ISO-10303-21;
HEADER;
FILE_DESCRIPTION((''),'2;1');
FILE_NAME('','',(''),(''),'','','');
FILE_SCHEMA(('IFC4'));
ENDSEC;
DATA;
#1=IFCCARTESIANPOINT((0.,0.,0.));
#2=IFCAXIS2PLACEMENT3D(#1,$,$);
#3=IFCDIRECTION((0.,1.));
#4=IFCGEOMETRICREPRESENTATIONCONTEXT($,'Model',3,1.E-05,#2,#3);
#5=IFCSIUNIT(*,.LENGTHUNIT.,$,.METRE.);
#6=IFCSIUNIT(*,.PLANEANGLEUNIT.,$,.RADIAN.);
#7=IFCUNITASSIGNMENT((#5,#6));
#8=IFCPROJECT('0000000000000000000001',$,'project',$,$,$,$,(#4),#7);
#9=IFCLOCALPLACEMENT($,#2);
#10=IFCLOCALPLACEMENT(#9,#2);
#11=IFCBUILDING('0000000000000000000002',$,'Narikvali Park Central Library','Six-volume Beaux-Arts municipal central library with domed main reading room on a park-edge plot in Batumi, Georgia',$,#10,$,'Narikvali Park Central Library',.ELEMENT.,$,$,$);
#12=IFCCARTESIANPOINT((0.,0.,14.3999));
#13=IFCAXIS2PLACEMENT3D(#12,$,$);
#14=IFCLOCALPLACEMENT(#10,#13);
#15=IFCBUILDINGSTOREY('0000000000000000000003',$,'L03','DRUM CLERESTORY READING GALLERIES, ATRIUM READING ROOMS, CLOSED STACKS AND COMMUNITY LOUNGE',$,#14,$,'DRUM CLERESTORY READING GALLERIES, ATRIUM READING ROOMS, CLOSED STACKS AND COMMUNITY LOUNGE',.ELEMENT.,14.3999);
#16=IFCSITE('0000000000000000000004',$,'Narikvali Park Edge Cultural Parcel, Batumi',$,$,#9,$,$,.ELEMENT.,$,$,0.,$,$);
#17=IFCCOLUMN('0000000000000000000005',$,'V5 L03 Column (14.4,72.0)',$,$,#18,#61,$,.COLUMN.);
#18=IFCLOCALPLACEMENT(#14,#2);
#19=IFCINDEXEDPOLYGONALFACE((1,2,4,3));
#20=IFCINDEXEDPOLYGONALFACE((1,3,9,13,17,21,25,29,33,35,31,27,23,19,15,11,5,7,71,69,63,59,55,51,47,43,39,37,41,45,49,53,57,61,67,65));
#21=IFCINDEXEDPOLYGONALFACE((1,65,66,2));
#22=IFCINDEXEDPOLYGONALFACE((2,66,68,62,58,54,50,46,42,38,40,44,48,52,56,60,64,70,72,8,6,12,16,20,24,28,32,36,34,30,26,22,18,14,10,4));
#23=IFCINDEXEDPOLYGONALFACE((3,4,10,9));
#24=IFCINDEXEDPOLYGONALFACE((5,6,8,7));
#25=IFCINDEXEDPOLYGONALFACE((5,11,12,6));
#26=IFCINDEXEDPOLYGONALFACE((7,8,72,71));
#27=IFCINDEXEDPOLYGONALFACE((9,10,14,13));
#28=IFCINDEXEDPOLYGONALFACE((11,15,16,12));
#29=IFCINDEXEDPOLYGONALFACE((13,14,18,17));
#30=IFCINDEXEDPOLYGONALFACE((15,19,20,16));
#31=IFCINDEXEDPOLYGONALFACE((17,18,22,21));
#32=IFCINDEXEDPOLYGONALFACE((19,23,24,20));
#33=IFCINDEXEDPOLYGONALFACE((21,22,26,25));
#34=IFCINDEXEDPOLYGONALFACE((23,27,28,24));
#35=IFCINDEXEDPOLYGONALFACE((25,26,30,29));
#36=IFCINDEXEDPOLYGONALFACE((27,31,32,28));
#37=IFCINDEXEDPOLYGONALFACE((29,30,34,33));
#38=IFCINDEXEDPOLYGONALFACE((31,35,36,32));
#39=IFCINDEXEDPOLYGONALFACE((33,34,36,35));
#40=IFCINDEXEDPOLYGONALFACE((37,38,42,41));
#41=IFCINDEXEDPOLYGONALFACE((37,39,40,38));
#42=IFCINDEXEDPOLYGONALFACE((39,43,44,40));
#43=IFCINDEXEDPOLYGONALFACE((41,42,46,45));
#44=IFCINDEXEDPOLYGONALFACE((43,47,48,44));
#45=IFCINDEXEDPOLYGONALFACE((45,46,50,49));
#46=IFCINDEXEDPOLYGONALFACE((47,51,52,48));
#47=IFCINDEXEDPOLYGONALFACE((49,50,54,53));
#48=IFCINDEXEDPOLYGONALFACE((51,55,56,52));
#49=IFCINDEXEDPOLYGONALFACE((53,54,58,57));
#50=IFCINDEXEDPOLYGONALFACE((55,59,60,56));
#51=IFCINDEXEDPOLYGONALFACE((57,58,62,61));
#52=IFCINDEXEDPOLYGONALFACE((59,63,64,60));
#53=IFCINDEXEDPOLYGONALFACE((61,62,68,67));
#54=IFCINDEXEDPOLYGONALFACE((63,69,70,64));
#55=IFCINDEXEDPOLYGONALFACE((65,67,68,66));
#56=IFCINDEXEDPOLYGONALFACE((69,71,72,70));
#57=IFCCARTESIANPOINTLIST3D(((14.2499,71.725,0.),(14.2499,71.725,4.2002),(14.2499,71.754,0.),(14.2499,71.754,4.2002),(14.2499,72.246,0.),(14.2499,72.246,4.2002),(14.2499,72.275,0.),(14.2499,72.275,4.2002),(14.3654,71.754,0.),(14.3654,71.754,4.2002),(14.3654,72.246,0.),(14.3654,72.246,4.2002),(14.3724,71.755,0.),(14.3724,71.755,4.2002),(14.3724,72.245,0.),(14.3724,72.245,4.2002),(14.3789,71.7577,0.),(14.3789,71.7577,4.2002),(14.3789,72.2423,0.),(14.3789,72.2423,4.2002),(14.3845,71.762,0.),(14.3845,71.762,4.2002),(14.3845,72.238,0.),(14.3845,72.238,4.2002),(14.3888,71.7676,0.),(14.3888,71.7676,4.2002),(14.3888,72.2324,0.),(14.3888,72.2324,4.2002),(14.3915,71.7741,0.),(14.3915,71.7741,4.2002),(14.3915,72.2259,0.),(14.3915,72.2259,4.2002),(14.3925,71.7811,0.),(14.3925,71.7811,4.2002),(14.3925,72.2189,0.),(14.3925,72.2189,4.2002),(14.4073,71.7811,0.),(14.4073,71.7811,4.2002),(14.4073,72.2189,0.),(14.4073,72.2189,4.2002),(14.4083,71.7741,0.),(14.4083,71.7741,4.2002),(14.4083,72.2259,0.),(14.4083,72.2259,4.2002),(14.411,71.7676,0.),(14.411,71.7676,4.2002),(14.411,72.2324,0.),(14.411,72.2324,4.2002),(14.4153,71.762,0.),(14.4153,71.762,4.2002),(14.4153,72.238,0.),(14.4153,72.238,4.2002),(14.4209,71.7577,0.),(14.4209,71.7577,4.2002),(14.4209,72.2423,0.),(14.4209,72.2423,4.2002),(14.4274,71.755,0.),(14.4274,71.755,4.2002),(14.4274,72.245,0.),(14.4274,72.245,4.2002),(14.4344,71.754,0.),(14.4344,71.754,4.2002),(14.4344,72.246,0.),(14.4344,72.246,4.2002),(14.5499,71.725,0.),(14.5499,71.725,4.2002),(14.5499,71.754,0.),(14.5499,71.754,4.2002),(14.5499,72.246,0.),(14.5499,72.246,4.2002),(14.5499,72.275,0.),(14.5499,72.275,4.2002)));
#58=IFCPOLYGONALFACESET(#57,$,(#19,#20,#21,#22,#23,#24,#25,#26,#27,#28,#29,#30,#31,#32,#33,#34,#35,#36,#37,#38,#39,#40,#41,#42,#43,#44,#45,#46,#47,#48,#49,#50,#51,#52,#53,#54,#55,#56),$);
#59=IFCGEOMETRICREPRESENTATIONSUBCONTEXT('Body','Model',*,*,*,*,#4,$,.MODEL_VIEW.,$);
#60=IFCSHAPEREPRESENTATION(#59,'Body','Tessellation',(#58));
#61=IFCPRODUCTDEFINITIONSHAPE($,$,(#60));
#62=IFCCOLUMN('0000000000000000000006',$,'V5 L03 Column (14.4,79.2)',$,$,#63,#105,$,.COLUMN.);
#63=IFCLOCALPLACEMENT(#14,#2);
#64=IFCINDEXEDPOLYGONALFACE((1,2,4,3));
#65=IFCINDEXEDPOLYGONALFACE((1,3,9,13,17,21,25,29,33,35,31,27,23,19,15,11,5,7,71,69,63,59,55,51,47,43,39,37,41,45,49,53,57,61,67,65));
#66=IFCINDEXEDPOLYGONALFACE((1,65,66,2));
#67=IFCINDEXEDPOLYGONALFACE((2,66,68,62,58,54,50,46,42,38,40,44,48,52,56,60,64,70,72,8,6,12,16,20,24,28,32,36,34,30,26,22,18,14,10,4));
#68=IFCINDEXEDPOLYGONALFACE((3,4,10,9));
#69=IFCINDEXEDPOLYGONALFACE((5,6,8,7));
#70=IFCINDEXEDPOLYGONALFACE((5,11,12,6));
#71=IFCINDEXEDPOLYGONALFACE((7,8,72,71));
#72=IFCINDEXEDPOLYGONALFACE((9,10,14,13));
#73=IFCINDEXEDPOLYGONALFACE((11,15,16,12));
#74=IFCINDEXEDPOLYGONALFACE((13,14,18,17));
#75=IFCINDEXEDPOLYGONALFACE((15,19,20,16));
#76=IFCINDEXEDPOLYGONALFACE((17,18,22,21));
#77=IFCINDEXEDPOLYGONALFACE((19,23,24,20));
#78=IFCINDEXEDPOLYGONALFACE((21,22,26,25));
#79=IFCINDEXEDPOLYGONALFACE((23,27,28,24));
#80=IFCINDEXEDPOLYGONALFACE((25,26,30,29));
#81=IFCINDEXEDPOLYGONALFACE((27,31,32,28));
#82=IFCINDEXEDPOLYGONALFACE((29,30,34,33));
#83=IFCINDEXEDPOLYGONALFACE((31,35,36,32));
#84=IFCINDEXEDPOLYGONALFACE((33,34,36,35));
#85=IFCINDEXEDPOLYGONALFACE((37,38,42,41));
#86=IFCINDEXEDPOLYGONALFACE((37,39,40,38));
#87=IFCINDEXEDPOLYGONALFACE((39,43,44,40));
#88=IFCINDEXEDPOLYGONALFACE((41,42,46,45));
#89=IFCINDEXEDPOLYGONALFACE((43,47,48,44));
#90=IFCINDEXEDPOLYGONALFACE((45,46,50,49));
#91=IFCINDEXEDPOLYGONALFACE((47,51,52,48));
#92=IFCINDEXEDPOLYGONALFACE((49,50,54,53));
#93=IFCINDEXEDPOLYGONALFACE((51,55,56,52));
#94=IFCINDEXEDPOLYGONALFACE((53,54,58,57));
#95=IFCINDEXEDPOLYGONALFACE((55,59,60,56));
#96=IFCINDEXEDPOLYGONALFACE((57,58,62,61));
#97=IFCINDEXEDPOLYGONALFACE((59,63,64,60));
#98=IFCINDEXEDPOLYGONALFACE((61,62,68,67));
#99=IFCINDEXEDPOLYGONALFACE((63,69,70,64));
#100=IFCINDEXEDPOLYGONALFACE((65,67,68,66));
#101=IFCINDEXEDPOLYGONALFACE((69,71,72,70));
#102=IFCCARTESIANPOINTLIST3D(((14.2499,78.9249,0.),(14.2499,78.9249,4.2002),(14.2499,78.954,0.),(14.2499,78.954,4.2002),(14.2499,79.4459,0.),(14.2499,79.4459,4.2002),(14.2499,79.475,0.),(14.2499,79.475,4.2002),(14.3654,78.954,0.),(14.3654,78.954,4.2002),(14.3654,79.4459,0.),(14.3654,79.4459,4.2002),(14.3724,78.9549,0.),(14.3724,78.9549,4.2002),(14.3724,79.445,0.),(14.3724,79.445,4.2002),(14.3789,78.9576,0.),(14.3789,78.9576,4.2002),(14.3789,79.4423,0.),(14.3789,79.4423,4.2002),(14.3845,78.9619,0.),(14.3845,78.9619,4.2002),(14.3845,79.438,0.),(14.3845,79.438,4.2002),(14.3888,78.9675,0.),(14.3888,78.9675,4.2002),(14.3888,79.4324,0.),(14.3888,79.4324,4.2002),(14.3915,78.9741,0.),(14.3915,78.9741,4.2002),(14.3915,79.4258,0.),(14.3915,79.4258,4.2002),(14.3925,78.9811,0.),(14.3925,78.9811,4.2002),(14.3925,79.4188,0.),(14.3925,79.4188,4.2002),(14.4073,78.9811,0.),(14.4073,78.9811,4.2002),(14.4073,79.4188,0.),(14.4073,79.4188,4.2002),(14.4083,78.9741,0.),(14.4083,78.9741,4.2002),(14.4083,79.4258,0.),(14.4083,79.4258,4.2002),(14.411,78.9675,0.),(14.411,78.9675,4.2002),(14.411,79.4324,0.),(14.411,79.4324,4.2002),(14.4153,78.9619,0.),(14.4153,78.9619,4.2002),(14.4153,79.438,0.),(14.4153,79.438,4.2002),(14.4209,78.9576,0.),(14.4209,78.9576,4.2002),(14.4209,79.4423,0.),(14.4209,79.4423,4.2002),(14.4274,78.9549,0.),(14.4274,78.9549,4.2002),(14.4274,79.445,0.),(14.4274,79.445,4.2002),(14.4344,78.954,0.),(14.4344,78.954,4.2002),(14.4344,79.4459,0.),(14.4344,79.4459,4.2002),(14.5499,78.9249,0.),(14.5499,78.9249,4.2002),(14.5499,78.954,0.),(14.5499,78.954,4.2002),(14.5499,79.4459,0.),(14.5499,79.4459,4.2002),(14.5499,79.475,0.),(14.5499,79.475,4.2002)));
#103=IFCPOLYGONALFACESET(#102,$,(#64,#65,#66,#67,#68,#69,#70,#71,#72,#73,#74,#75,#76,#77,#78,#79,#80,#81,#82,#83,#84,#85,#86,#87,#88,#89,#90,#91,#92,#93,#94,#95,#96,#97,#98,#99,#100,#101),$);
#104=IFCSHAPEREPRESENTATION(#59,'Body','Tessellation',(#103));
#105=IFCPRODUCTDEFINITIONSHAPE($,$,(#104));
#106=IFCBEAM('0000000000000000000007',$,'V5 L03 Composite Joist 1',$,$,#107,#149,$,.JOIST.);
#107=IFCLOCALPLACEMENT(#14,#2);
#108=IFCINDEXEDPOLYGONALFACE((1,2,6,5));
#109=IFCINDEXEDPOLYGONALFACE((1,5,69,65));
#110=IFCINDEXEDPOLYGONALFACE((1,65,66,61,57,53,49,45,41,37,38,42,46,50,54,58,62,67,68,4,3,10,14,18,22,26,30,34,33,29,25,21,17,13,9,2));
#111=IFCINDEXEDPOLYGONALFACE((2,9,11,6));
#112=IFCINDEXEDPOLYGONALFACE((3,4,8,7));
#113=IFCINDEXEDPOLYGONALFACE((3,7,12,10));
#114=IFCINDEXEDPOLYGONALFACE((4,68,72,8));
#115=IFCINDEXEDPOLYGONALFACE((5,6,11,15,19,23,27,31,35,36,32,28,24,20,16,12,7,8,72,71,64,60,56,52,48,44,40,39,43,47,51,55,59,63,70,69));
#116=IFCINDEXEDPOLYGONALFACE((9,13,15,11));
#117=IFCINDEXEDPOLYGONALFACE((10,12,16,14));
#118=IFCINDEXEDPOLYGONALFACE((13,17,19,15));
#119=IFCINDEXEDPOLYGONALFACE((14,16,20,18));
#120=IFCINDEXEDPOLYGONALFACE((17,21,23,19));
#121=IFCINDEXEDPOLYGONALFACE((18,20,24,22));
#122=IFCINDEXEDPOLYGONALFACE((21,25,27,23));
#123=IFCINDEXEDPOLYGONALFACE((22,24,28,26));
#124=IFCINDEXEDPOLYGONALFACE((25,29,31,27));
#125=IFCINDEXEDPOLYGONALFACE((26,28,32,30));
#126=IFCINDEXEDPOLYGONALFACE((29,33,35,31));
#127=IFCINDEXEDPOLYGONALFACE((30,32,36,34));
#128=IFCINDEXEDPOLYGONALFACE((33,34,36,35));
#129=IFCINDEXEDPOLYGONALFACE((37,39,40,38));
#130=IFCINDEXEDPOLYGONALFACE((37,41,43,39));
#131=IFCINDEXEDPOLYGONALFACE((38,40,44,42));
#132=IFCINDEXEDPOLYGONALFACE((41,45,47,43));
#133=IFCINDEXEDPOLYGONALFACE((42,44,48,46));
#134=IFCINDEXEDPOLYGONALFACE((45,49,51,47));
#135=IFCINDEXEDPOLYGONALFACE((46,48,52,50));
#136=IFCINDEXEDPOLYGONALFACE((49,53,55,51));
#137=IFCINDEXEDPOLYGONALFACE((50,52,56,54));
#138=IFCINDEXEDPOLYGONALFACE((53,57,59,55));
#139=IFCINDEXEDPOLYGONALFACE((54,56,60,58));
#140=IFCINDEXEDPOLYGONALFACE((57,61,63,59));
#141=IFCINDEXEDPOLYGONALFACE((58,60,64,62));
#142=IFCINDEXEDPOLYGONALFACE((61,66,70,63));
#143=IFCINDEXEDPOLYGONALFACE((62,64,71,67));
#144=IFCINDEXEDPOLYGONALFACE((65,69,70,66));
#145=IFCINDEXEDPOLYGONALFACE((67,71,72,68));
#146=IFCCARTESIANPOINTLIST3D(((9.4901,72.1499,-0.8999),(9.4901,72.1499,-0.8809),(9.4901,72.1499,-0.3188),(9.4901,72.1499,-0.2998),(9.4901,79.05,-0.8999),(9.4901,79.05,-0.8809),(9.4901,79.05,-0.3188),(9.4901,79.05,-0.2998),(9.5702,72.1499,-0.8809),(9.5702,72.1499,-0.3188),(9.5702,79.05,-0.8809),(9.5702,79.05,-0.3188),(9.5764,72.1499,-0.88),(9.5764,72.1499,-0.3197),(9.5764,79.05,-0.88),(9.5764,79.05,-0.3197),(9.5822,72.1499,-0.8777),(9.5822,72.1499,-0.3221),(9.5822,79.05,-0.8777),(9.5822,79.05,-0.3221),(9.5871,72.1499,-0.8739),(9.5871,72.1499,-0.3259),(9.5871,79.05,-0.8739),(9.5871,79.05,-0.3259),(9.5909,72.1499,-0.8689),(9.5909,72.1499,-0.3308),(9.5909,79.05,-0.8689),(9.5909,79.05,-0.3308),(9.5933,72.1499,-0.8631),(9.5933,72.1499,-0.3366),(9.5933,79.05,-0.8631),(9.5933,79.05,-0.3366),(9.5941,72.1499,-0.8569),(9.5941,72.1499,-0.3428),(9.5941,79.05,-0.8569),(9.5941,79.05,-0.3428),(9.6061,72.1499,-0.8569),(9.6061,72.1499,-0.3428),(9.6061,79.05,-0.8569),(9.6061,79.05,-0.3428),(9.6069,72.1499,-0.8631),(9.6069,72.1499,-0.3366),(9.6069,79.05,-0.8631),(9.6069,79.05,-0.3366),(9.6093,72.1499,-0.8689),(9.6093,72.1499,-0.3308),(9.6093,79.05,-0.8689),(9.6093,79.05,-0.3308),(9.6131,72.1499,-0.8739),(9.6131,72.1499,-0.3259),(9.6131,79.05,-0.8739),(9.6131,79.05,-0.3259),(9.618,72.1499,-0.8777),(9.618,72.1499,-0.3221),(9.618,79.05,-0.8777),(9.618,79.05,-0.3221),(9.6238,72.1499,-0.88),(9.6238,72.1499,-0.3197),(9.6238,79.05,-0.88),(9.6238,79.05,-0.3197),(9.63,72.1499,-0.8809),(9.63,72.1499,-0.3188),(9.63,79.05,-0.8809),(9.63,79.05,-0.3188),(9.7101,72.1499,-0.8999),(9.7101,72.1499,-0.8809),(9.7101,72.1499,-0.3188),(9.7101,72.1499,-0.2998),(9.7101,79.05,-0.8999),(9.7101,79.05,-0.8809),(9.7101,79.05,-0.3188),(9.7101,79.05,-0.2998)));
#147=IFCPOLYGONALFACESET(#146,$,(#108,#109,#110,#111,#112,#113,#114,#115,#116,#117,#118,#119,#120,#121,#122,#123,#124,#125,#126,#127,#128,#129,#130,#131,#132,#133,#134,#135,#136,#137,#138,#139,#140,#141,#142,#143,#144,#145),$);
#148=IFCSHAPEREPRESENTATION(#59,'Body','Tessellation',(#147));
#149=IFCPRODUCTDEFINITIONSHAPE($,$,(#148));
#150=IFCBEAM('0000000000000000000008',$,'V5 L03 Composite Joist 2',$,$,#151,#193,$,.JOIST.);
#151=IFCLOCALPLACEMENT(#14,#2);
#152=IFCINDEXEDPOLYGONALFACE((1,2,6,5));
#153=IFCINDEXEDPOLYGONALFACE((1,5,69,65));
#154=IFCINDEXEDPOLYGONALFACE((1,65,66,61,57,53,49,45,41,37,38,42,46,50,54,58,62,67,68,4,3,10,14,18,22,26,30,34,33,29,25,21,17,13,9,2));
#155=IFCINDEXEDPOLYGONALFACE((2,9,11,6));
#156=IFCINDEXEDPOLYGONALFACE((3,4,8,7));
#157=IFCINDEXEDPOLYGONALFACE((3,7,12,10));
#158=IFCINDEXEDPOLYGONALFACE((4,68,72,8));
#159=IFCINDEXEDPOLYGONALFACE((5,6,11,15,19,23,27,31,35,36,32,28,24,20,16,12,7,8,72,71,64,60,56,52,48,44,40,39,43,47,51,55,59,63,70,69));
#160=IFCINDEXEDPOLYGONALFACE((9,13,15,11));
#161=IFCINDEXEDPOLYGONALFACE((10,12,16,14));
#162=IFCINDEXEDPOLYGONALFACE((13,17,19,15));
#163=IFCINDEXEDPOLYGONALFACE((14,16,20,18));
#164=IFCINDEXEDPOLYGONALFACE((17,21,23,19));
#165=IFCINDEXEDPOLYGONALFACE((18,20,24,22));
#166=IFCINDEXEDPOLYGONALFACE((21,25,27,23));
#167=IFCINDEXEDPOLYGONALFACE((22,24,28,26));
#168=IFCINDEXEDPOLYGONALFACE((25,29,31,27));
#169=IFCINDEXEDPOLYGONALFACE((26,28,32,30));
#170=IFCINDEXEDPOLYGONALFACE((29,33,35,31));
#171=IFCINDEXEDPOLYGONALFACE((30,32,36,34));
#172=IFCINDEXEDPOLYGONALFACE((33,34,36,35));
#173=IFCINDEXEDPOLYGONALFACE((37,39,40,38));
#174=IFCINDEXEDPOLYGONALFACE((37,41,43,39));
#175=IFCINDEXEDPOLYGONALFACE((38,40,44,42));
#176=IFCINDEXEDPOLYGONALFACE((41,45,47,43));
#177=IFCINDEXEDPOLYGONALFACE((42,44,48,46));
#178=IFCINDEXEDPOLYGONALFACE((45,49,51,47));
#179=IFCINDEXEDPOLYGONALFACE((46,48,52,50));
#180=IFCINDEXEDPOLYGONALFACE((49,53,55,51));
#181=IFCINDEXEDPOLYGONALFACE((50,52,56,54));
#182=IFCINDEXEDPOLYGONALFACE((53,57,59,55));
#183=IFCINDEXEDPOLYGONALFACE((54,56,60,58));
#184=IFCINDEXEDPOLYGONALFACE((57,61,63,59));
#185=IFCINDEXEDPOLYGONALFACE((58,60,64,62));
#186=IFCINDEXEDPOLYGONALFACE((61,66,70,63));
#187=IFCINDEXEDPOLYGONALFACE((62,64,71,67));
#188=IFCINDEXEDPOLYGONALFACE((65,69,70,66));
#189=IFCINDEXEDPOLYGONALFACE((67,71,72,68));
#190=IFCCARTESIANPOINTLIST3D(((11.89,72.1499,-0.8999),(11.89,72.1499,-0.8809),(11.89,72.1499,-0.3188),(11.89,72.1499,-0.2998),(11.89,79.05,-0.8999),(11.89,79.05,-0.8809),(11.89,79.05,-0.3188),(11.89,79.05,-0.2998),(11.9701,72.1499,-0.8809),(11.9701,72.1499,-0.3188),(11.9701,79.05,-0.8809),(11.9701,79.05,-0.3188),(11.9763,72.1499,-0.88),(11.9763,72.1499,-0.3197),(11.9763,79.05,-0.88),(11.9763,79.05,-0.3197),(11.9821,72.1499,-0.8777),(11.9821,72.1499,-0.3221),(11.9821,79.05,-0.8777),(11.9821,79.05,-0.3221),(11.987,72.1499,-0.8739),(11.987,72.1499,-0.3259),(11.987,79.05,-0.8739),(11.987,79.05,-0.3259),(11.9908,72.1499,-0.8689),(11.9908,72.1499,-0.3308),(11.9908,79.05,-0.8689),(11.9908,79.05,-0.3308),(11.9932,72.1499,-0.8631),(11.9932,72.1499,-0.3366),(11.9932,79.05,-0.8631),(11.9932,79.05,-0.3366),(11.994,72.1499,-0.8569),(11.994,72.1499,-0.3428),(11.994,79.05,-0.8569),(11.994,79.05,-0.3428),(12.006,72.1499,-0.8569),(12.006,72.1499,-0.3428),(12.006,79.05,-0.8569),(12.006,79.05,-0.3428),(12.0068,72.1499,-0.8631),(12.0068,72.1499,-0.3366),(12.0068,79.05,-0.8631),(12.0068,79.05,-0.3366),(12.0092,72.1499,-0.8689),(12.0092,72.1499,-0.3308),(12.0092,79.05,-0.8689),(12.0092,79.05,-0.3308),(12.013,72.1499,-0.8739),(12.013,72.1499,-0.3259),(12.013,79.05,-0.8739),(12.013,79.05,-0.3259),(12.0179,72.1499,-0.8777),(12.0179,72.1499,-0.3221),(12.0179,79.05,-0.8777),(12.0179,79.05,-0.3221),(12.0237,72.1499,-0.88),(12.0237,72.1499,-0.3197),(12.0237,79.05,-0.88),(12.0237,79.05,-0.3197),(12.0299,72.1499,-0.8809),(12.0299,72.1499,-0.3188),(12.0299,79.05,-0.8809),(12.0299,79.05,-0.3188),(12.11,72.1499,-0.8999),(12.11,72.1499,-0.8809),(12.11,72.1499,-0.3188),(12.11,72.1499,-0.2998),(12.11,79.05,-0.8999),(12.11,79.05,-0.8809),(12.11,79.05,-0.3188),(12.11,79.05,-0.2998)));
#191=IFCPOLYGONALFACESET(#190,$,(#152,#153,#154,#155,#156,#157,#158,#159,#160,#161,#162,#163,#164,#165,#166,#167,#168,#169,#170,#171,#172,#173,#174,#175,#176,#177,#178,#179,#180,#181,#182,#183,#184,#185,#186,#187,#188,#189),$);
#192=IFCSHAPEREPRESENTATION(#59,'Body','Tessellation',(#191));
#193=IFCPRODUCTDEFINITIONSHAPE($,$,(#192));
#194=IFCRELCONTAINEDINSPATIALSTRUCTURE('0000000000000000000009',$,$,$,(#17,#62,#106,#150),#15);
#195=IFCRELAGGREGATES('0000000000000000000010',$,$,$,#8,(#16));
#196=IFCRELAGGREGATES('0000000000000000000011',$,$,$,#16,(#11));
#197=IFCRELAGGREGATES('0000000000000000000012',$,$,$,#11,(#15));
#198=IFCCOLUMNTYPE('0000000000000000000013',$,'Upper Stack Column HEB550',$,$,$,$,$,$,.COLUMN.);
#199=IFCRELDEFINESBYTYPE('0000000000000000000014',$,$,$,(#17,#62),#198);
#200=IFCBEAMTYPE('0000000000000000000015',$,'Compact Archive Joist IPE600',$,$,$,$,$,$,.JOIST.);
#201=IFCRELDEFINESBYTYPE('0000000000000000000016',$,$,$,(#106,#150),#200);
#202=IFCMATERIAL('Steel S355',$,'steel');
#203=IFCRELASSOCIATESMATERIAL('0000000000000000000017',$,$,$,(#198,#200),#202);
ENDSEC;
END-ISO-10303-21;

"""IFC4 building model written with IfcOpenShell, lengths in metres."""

from ifc_helpers import new_model, si_unit, direction, frame, origin, origin_2d, place, context, subcontext, project, spatial, i_section, extrude, material, material_profile, profile_set, type_object, element, save


model = new_model("IFC4")

# Units and contexts
model_context = context("Model", 3, precision=1e-05, world=origin(), true_north=direction((0.0, 1.0)))
body_context = subcontext(model_context, "Body", "Model", "MODEL_VIEW")
ifc_project = project(units=[si_unit("LENGTHUNIT", "METRE"), si_unit("PLANEANGLEUNIT", "RADIAN")], contexts=[model_context])

# Site, building, storey
site_placement = place(None, origin())
site = spatial("IfcSite", under=ifc_project, at=site_placement, Name="Narikvali Park Edge Cultural Parcel, Batumi", CompositionType="ELEMENT", RefElevation=0.0)
building_placement = place(site_placement, origin())
building = spatial("IfcBuilding", under=site, at=building_placement, Name="Narikvali Park Central Library", Description="Six-volume Beaux-Arts municipal central library with domed main reading room on a park-edge plot in Batumi, Georgia", LongName="Narikvali Park Central Library", CompositionType="ELEMENT")
storey_placement = place(building_placement, frame((0.0, 0.0, 14.3999)))
storey = spatial("IfcBuildingStorey", under=building, at=storey_placement, Name="L03", Description="DRUM CLERESTORY READING GALLERIES, ATRIUM READING ROOMS, CLOSED STACKS AND COMMUNITY LOUNGE", LongName="DRUM CLERESTORY READING GALLERIES, ATRIUM READING ROOMS, CLOSED STACKS AND COMMUNITY LOUNGE", CompositionType="ELEMENT", Elevation=14.3999)

# Columns
ifc_material_1 = material(Name="Steel S355", Category="steel")
ifc_material_profile_1 = material_profile(ifc_material_1, i_section(OverallWidth=0.3, OverallDepth=0.55, WebThickness=0.0149, FlangeThickness=0.0291, FilletRadius=0.0271, at=origin_2d()), Name="HEB 550")
ifc_profile_set_1 = profile_set([ifc_material_profile_1], Name="Steel S355")
column_type = type_object("IfcColumnType", Name="Upper Stack Column HEB550", PredefinedType="COLUMN", material=ifc_profile_set_1)
for number, where, z_axis, x_axis, name in (
    (1, (14.3999, 72.0, 0.0), (0.0, 0.0, 1.0), (1.0, 0.0, 0.0), "V5 L03 Column (14.4,72.0)"),
    (2, (14.3999, 79.2, 0.0), (0.0, 0.0, 1.0), (1.0, 0.0, 0.0), "V5 L03 Column (14.4,79.2)"),
):
    element("IfcColumn", number, at=place(storey_placement, frame(where, z_axis=z_axis, x_axis=x_axis)), inside=storey, type_object=column_type, Name=name, PredefinedType="COLUMN", context=body_context, shape_type="SweptSolid", body=[
        extrude(i_section(OverallWidth=0.3, OverallDepth=0.55, WebThickness=0.0149, FlangeThickness=0.0291, FilletRadius=0.0271, at=origin_2d()), origin(), (0.0, 0.0, 1.0), 4.2002),
    ])

# Beams
ifc_material_profile_2 = material_profile(ifc_material_1, i_section(OverallWidth=0.22, OverallDepth=0.6001, WebThickness=0.012, FlangeThickness=0.019, FilletRadius=0.0239, at=origin_2d()), Name="IPE 600")
ifc_profile_set_2 = profile_set([ifc_material_profile_2], Name="Steel S355")
beam_type_1 = type_object("IfcBeamType", Name="Compact Archive Joist IPE600", PredefinedType="JOIST", material=ifc_profile_set_2)
for number, where, z_axis, x_axis, name in (
    (3, (9.6001, 72.1499, -0.5999), (0.0, 1.0, 0.0), (-1.0, 0.0, 0.0), "V5 L03 Composite Joist 1"),
    (4, (12.0, 72.1499, -0.5999), (0.0, 1.0, 0.0), (-1.0, 0.0, 0.0), "V5 L03 Composite Joist 2"),
):
    element("IfcBeam", number, at=place(storey_placement, frame(where, z_axis=z_axis, x_axis=x_axis)), inside=storey, type_object=beam_type_1, Name=name, PredefinedType="JOIST", context=body_context, shape_type="SweptSolid", body=[
        extrude(i_section(OverallWidth=0.22, OverallDepth=0.6001, WebThickness=0.012, FlangeThickness=0.019, FilletRadius=0.0239, at=origin_2d()), origin(), (0.0, 0.0, 1.0), 6.9001),
    ])

save(model, "model.ifc")
